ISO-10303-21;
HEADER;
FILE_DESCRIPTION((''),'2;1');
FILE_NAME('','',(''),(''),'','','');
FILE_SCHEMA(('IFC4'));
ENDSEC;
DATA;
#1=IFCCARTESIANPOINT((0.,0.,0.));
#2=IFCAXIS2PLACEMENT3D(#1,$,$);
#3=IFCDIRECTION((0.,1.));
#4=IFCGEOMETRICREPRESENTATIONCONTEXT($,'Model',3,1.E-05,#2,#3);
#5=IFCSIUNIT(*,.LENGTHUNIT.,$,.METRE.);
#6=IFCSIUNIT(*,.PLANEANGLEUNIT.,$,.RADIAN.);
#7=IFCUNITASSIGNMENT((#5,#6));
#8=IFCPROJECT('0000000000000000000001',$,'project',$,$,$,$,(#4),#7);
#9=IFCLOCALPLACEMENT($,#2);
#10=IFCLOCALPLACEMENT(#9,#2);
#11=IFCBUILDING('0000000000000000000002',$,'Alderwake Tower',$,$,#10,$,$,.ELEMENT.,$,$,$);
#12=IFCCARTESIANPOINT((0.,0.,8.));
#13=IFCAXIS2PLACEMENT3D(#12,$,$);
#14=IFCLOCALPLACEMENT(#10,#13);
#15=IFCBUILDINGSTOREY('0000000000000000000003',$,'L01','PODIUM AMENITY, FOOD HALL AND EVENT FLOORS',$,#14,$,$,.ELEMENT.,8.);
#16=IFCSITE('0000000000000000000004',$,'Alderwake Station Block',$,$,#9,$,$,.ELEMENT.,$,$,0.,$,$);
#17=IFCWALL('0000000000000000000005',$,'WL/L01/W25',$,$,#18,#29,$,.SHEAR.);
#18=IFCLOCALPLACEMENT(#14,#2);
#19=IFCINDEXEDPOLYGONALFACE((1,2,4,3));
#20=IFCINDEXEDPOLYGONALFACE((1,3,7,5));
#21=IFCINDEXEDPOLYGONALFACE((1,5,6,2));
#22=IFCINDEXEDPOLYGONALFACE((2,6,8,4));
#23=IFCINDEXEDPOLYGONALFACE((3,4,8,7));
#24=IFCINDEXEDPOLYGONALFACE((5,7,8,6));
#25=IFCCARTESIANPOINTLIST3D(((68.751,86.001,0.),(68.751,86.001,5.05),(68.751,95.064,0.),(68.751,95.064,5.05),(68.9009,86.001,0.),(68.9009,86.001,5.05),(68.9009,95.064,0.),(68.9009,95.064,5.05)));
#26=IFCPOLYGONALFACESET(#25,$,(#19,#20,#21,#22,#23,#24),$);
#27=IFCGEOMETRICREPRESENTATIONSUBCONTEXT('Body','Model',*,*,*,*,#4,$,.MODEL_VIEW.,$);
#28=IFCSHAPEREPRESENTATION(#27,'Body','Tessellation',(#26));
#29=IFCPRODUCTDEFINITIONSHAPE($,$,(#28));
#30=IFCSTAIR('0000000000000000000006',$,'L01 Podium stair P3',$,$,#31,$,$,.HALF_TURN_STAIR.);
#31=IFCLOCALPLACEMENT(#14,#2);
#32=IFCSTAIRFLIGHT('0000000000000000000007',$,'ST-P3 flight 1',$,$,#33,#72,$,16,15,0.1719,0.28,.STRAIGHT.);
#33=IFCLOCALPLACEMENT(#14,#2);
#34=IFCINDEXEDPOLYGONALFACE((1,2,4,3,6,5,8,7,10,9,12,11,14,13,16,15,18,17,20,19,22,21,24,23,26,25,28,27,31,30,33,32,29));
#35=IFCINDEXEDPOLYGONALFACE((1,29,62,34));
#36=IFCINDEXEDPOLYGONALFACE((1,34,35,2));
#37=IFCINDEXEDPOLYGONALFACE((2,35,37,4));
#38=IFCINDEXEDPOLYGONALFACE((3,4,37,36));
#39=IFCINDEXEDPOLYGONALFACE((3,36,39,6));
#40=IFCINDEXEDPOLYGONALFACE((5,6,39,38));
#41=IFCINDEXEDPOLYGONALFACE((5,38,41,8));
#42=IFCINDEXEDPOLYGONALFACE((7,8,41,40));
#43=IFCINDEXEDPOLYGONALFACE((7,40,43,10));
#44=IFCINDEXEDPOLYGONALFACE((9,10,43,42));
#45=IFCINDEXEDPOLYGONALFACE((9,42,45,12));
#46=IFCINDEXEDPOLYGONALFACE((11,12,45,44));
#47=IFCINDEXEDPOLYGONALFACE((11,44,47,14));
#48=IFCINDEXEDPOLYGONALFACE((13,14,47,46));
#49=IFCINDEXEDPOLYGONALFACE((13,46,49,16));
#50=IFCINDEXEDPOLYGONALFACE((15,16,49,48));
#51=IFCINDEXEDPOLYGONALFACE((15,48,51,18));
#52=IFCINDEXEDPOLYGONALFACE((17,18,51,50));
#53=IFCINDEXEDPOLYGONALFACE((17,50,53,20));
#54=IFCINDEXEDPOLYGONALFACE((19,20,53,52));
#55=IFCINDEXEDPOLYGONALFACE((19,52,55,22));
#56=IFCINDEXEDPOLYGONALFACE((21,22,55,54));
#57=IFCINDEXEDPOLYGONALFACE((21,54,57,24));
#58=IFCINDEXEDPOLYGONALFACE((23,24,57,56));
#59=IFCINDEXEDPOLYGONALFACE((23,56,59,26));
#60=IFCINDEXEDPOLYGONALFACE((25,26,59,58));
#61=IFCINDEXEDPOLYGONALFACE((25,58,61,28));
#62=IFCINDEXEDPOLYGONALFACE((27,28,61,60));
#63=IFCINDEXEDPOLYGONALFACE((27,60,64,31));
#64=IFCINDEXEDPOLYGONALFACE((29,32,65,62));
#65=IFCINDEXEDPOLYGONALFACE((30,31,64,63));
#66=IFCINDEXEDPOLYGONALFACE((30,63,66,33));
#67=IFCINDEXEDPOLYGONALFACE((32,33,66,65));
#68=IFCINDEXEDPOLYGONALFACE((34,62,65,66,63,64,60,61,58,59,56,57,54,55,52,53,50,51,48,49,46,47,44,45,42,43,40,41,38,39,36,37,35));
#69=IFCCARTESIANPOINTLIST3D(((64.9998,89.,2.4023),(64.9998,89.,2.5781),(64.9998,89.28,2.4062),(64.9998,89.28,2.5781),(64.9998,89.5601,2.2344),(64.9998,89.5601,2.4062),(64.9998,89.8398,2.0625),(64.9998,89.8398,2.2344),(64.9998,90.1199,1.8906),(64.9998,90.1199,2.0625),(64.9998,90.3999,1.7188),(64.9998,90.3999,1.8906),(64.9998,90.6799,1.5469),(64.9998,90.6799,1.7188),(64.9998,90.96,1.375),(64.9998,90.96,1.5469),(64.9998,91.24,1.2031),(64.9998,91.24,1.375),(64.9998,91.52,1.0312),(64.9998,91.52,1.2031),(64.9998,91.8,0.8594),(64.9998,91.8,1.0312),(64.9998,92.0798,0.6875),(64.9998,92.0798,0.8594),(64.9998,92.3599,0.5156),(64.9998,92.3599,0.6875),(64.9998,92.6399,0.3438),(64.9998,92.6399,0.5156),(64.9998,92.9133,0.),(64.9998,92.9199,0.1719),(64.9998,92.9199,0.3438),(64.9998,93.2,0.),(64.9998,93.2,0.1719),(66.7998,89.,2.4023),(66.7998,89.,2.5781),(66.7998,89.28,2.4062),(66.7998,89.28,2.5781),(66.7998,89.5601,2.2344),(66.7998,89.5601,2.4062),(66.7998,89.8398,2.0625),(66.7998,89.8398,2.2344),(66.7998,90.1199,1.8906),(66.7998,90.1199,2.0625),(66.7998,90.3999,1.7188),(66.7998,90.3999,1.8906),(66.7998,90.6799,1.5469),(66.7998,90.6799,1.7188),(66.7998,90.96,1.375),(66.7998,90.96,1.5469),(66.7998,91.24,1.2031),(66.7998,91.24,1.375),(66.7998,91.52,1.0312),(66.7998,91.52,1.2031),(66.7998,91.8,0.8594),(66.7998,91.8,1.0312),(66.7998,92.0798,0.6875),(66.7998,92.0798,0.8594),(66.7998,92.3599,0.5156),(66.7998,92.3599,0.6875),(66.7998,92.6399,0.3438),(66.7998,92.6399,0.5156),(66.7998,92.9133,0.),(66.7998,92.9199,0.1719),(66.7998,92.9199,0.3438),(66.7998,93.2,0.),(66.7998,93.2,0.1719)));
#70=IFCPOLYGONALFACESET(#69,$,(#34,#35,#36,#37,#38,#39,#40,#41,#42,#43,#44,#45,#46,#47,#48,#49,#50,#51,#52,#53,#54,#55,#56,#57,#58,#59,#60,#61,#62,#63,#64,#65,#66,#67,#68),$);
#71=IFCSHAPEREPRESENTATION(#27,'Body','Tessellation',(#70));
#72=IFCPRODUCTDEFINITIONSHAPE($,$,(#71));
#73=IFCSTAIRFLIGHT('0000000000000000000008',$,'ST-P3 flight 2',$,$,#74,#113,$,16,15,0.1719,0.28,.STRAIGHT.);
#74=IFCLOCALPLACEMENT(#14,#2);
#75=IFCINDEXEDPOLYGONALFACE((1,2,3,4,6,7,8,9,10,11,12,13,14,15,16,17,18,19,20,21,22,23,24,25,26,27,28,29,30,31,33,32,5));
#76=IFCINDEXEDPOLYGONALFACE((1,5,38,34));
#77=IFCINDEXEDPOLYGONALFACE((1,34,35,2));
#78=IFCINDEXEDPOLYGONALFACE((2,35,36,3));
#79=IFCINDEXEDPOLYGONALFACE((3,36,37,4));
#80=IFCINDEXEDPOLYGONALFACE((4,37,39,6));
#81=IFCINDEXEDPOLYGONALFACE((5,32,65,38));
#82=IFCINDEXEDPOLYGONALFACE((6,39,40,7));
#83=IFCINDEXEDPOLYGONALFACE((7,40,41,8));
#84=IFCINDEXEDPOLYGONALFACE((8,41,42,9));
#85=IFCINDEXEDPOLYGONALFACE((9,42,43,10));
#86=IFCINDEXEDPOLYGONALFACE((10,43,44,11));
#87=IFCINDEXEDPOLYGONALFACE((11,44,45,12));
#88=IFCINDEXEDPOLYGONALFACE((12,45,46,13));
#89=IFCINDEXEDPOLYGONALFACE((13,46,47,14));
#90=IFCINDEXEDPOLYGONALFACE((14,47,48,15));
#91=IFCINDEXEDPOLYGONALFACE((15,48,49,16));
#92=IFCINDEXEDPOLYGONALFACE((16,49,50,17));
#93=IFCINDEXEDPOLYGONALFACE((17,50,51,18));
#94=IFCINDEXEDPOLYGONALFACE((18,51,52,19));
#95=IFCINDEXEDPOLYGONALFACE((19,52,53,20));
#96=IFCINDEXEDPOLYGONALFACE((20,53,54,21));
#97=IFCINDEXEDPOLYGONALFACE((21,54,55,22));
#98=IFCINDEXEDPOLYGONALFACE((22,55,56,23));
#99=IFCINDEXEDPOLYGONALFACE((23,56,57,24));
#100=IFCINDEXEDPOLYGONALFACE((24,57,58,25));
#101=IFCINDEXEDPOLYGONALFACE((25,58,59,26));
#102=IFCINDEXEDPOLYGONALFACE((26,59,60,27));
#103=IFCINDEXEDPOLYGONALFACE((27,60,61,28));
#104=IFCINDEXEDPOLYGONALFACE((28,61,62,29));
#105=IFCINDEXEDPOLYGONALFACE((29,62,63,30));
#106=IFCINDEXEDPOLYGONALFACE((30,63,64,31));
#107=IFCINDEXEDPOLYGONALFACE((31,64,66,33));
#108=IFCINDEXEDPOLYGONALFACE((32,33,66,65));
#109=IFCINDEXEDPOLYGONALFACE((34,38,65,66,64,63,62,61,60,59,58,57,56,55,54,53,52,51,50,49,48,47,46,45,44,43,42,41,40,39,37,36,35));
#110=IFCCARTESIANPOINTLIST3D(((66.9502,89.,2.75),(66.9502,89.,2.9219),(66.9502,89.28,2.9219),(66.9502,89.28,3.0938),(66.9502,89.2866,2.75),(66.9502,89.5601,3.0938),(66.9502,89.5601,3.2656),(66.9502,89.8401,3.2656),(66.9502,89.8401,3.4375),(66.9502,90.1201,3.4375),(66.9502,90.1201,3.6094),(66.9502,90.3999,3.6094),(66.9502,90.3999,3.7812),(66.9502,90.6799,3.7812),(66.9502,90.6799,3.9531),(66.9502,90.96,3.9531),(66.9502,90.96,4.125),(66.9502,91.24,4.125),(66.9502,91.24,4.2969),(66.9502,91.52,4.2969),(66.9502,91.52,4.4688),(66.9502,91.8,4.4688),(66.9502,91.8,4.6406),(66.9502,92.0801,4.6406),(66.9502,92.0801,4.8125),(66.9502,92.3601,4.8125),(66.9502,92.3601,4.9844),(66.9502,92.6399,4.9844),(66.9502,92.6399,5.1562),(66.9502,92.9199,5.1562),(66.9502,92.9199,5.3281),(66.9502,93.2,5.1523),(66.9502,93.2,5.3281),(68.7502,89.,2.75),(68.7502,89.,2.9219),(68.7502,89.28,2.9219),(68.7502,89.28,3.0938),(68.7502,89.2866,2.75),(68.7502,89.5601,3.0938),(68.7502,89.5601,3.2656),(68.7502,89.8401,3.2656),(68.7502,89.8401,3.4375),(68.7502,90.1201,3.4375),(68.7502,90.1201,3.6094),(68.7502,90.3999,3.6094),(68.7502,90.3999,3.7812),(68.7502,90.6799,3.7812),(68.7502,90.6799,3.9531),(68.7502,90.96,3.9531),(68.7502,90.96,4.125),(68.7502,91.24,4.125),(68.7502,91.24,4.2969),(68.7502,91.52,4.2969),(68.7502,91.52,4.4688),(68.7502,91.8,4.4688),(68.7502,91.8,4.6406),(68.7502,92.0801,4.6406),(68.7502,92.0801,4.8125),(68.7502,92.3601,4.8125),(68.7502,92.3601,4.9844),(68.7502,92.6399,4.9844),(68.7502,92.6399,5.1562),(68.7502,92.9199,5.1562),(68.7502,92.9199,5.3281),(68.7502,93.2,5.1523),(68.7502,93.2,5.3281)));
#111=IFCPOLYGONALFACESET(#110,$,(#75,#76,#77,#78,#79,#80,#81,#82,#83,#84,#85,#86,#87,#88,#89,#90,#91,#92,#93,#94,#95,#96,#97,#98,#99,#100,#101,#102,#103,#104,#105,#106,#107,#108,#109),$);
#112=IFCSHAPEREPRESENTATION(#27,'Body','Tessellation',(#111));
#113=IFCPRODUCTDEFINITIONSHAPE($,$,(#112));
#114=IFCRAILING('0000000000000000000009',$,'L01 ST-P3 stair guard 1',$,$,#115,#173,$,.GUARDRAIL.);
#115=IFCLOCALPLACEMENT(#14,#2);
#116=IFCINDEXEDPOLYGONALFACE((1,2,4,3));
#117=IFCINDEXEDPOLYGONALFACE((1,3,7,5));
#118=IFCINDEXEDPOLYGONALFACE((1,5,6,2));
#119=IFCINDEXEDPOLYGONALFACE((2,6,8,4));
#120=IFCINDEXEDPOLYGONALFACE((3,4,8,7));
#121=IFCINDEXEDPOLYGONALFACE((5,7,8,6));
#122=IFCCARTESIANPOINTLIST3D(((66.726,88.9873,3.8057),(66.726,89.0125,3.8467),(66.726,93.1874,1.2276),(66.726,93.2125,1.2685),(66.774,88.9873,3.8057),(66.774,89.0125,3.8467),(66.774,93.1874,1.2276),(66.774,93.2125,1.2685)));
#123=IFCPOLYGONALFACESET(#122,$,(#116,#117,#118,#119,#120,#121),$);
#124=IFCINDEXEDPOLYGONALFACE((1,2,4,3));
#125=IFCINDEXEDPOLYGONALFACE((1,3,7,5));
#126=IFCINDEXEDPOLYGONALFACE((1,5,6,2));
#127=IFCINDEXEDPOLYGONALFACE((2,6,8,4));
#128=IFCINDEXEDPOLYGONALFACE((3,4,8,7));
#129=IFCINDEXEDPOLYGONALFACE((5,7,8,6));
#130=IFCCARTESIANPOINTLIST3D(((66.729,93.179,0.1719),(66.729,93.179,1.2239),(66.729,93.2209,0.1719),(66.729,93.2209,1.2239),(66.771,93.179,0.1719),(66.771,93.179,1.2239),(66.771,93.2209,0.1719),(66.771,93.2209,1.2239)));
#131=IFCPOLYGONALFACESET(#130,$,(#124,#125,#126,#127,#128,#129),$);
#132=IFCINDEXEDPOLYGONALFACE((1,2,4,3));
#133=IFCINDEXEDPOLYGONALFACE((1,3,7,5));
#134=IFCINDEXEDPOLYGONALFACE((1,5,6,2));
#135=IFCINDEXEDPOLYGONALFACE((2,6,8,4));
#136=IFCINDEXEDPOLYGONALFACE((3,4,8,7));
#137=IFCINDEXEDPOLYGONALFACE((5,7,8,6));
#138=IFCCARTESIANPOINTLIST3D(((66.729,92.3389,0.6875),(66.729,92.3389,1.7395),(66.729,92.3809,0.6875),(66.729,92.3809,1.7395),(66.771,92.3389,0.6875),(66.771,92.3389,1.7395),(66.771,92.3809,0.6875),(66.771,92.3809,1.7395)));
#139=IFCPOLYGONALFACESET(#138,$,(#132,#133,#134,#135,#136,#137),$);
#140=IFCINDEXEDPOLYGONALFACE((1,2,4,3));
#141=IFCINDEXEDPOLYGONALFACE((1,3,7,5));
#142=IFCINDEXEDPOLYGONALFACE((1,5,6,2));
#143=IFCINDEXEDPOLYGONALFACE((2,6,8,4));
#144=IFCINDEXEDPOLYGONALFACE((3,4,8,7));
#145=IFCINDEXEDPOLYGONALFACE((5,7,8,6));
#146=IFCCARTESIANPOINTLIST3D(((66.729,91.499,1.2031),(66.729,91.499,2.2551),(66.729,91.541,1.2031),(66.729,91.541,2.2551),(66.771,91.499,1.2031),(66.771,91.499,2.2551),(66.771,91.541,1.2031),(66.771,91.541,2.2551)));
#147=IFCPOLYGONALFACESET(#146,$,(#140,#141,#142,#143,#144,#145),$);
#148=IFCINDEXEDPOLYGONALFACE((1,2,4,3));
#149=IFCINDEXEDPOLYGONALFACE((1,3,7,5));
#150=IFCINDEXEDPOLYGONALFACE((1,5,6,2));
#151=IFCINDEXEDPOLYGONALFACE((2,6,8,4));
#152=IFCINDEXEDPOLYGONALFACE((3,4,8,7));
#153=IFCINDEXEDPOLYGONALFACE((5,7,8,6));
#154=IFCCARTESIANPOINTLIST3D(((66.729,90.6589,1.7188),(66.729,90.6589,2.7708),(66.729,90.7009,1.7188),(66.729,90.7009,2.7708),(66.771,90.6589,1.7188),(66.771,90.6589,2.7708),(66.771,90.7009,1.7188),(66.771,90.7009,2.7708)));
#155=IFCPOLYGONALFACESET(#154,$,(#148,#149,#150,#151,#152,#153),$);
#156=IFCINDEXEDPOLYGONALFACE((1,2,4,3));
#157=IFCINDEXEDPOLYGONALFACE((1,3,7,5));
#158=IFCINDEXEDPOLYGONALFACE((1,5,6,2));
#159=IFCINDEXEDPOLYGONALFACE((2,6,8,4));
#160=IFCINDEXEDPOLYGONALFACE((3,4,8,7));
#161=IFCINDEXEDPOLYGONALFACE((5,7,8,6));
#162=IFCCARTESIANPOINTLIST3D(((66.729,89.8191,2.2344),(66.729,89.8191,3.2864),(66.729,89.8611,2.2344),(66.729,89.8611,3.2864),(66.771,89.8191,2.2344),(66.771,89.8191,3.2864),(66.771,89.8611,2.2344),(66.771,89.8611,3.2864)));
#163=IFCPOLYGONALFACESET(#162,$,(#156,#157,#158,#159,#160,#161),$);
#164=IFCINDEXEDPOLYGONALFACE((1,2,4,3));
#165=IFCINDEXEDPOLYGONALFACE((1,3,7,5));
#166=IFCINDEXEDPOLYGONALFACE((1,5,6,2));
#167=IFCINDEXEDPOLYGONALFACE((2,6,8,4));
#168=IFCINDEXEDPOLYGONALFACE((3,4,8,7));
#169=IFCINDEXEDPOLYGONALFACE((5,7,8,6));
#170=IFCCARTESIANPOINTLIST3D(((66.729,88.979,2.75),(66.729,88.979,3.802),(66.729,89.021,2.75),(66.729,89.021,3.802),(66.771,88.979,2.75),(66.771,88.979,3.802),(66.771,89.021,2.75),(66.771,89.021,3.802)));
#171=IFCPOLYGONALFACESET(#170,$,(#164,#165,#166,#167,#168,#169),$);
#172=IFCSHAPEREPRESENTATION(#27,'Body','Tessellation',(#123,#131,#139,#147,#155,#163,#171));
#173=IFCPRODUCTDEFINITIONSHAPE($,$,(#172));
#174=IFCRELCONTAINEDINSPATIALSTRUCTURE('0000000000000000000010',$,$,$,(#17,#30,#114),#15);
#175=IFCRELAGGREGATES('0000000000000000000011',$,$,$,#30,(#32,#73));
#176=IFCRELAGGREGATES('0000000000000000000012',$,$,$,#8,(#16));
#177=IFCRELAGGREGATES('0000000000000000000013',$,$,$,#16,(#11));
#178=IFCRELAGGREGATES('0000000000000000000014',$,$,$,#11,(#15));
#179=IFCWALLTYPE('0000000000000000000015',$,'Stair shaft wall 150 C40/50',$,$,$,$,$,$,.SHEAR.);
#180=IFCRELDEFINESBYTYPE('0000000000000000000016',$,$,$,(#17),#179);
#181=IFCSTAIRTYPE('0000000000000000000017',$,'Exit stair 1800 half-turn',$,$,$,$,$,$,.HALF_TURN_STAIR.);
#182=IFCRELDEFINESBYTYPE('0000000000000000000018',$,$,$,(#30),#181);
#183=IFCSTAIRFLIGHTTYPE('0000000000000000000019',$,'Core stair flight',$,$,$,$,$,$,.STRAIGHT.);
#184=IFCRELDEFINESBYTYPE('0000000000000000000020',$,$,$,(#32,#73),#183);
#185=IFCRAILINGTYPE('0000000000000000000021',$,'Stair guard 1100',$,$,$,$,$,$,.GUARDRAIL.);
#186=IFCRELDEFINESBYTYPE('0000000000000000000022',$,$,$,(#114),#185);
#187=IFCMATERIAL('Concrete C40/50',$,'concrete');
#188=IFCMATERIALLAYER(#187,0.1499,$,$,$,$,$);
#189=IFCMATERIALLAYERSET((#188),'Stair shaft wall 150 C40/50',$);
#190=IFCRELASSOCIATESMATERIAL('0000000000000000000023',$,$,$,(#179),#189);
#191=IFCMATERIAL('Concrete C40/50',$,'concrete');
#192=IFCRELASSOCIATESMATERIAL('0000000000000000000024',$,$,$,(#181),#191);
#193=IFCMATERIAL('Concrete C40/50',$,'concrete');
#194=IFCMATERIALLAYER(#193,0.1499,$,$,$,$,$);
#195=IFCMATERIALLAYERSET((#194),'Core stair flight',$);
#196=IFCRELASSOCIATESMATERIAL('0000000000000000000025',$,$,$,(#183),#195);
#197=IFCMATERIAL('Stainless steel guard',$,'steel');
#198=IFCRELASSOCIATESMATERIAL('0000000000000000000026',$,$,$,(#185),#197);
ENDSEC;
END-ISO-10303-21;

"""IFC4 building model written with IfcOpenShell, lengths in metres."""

from ifc_helpers import new_model, si_unit, direction, frame, frame_2d, origin, origin_2d, place, context, subcontext, project, spatial, polyline, rectangle, outline, extrude, material, layer, layer_set, type_object, element, aggregate, save


model = new_model("IFC4")

# Units and contexts
model_context = context("Model", 3, precision=1e-05, world=origin(), true_north=direction((0.0, 1.0)))
body_context = subcontext(model_context, "Body", "Model", "MODEL_VIEW")
ifc_project = project(units=[si_unit("LENGTHUNIT", "METRE"), si_unit("PLANEANGLEUNIT", "RADIAN")], contexts=[model_context])

# Site, building, storey
site_placement = place(None, origin())
site = spatial("IfcSite", under=ifc_project, at=site_placement, Name="Alderwake Station Block", CompositionType="ELEMENT", RefElevation=0.0)
building_placement = place(site_placement, origin())
building = spatial("IfcBuilding", under=site, at=building_placement, Name="Alderwake Tower", CompositionType="ELEMENT")
storey_placement = place(building_placement, frame((0.0, 0.0, 8.0)))
storey = spatial("IfcBuildingStorey", under=building, at=storey_placement, Name="L01", Description="PODIUM AMENITY, FOOD HALL AND EVENT FLOORS", CompositionType="ELEMENT", Elevation=8.0)

# Shared definitions
ifc_material_1 = material(Name="Concrete C40/50", Category="concrete")
ifc_layer_1 = layer(ifc_material_1, 0.1499)
ifc_layer_set_1 = layer_set([ifc_layer_1], Name="Stair shaft wall 150 C40/50")
wall_type_1 = type_object("IfcWallType", Name="Stair shaft wall 150 C40/50", PredefinedType="SHEAR", material=ifc_layer_set_1)

# Wall
wall_1_placement = place(storey_placement, frame((68.8259, 86.001, 0.0), z_axis=(0.0, 0.0, 1.0), x_axis=(0.0, 1.0, 0.0)))
element("IfcWall", 1, at=wall_1_placement, inside=storey, type_object=wall_type_1, Name="WL/L01/W25", PredefinedType="SHEAR", context=body_context, shape_type="SweptSolid", body=[
    extrude(rectangle(XDim=9.063, YDim=0.1499, at=frame_2d((4.5315, 0.0))), origin(), (0.0, 0.0, 1.0), 5.05),
])

# Stair, stair flights
ifc_material_2 = material(Name="Concrete C40/50", Category="concrete")
stair_type = type_object("IfcStairType", Name="Exit stair 1800 half-turn", PredefinedType="HALF_TURN_STAIR", material=ifc_material_2)
stair_placement = place(storey_placement, origin())
stair = element("IfcStair", 2, at=stair_placement, inside=storey, type_object=stair_type, Name="L01 Podium stair P3", PredefinedType="HALF_TURN_STAIR")
ifc_material_3 = material(Name="Concrete C40/50", Category="concrete")
ifc_layer_2 = layer(ifc_material_3, 0.1499)
ifc_layer_set_2 = layer_set([ifc_layer_2], Name="Core stair flight")
stair_flight_type = type_object("IfcStairFlightType", Name="Core stair flight", PredefinedType="STRAIGHT", material=ifc_layer_set_2)
stair_flight_1_placement = place(storey_placement, frame((65.8999, 93.2, 0.0), z_axis=(0.0, 0.0, 1.0), x_axis=(0.0, -1.0, 0.0)))
stair_flight_1 = element("IfcStairFlight", 3, at=stair_flight_1_placement, type_object=stair_flight_type, Name="ST-P3 flight 1", NumberOfRisers=16, NumberOfTreads=15, PredefinedType="STRAIGHT", RiserHeight=0.1719, TreadLength=0.28, context=body_context, shape_type="SweptSolid", body=[
    extrude(outline(polyline([(0.0, 0.0), (0.0, 0.1719), (0.28, 0.1719), (0.28, 0.3438), (0.5601, 0.3438), (0.5601, 0.5156), (0.8401, 0.5156), (0.8401, 0.6875), (1.1201, 0.6875), (1.1201, 0.8594), (1.3999, 0.8594), (1.3999, 1.0312), (1.6799, 1.0312), (1.6799, 1.2031), (1.96, 1.2031), (1.96, 1.375), (2.24, 1.375), (2.24, 1.5469), (2.52, 1.5469), (2.52, 1.7188), (2.8, 1.7188), (2.8, 1.8906), (3.0801, 1.8906), (3.0801, 2.0625), (3.3601, 2.0625), (3.3601, 2.2344), (3.6399, 2.2344), (3.6399, 2.4062), (3.9199, 2.4062), (3.9199, 2.5781), (4.2, 2.5781), (4.2, 2.75), (4.2, 2.4023), (0.2866, 0.0), (0.0, 0.0)])), frame((0.0, 0.8999, 0.0), z_axis=(0.0, -1.0, 0.0), x_axis=(1.0, 0.0, 0.0)), (0.0, 0.0, 1.0), 1.8),
])
stair_flight_2_placement = place(storey_placement, frame((67.8501, 89.0, 2.75), z_axis=(0.0, 0.0, 1.0), x_axis=(0.0, 1.0, 0.0)))
stair_flight_2 = element("IfcStairFlight", 4, at=stair_flight_2_placement, type_object=stair_flight_type, Name="ST-P3 flight 2", NumberOfRisers=16, NumberOfTreads=15, PredefinedType="STRAIGHT", RiserHeight=0.1719, TreadLength=0.28, context=body_context, shape_type="SweptSolid", body=[
    extrude(outline(polyline([(0.0, 0.0), (0.0, 0.1719), (0.28, 0.1719), (0.28, 0.3438), (0.5601, 0.3438), (0.5601, 0.5156), (0.8401, 0.5156), (0.8401, 0.6875), (1.1201, 0.6875), (1.1201, 0.8594), (1.3999, 0.8594), (1.3999, 1.0312), (1.6799, 1.0312), (1.6799, 1.2031), (1.96, 1.2031), (1.96, 1.375), (2.24, 1.375), (2.24, 1.5469), (2.52, 1.5469), (2.52, 1.7188), (2.8, 1.7188), (2.8, 1.8906), (3.0801, 1.8906), (3.0801, 2.0625), (3.3601, 2.0625), (3.3601, 2.2344), (3.6399, 2.2344), (3.6399, 2.4062), (3.9199, 2.4062), (3.9199, 2.5781), (4.2, 2.5781), (4.2, 2.75), (4.2, 2.4023), (0.2866, 0.0), (0.0, 0.0)])), frame((0.0, 0.8999, 0.0), z_axis=(0.0, -1.0, 0.0), x_axis=(1.0, 0.0, 0.0)), (0.0, 0.0, 1.0), 1.8),
])
aggregate(stair, [stair_flight_1, stair_flight_2])

# Railing
ifc_material_4 = material(Name="Stainless steel guard", Category="steel")
railing_type_1 = type_object("IfcRailingType", Name="Stair guard 1100", PredefinedType="GUARDRAIL", material=ifc_material_4)
railing_1_placement = place(storey_placement, frame((66.75, 93.2, 0.1719)))
element("IfcRailing", 5, at=railing_1_placement, inside=storey, type_object=railing_type_1, Name="L01 ST-P3 stair guard 1", PredefinedType="GUARDRAIL", context=body_context, shape_type="SweptSolid", body=[
    extrude(rectangle(XDim=0.0481, YDim=0.0481, at=origin_2d()), frame((0.0, 0.0, 1.0762), z_axis=(0.0, -0.852243, 0.523146), x_axis=(1.0, 0.0, 0.0)), (0.0, 0.0, 1.0), 4.9282),
    extrude(rectangle(XDim=0.042, YDim=0.042, at=origin_2d()), frame((0.0, 0.0, 0.0), z_axis=(0.0, 0.0, 1.0), x_axis=(0.0, -1.0, 0.0)), (0.0, 0.0, 1.0), 1.052),
    extrude(rectangle(XDim=0.042, YDim=0.042, at=origin_2d()), frame((0.0, -0.8401, 0.5156), z_axis=(0.0, 0.0, 1.0), x_axis=(0.0, -1.0, 0.0)), (0.0, 0.0, 1.0), 1.052),
    extrude(rectangle(XDim=0.042, YDim=0.042, at=origin_2d()), frame((0.0, -1.6799, 1.0312), z_axis=(0.0, 0.0, 1.0), x_axis=(0.0, -1.0, 0.0)), (0.0, 0.0, 1.0), 1.052),
    extrude(rectangle(XDim=0.042, YDim=0.042, at=origin_2d()), frame((0.0, -2.52, 1.5469), z_axis=(0.0, 0.0, 1.0), x_axis=(0.0, -1.0, 0.0)), (0.0, 0.0, 1.0), 1.052),
    extrude(rectangle(XDim=0.042, YDim=0.042, at=origin_2d()), frame((0.0, -3.3599, 2.0625), z_axis=(0.0, 0.0, 1.0), x_axis=(0.0, -1.0, 0.0)), (0.0, 0.0, 1.0), 1.052),
    extrude(rectangle(XDim=0.042, YDim=0.042, at=origin_2d()), frame((0.0, -4.2, 2.5781), z_axis=(0.0, 0.0, 1.0), x_axis=(0.0, -1.0, 0.0)), (0.0, 0.0, 1.0), 1.052),
])

save(model, "model.ifc")
